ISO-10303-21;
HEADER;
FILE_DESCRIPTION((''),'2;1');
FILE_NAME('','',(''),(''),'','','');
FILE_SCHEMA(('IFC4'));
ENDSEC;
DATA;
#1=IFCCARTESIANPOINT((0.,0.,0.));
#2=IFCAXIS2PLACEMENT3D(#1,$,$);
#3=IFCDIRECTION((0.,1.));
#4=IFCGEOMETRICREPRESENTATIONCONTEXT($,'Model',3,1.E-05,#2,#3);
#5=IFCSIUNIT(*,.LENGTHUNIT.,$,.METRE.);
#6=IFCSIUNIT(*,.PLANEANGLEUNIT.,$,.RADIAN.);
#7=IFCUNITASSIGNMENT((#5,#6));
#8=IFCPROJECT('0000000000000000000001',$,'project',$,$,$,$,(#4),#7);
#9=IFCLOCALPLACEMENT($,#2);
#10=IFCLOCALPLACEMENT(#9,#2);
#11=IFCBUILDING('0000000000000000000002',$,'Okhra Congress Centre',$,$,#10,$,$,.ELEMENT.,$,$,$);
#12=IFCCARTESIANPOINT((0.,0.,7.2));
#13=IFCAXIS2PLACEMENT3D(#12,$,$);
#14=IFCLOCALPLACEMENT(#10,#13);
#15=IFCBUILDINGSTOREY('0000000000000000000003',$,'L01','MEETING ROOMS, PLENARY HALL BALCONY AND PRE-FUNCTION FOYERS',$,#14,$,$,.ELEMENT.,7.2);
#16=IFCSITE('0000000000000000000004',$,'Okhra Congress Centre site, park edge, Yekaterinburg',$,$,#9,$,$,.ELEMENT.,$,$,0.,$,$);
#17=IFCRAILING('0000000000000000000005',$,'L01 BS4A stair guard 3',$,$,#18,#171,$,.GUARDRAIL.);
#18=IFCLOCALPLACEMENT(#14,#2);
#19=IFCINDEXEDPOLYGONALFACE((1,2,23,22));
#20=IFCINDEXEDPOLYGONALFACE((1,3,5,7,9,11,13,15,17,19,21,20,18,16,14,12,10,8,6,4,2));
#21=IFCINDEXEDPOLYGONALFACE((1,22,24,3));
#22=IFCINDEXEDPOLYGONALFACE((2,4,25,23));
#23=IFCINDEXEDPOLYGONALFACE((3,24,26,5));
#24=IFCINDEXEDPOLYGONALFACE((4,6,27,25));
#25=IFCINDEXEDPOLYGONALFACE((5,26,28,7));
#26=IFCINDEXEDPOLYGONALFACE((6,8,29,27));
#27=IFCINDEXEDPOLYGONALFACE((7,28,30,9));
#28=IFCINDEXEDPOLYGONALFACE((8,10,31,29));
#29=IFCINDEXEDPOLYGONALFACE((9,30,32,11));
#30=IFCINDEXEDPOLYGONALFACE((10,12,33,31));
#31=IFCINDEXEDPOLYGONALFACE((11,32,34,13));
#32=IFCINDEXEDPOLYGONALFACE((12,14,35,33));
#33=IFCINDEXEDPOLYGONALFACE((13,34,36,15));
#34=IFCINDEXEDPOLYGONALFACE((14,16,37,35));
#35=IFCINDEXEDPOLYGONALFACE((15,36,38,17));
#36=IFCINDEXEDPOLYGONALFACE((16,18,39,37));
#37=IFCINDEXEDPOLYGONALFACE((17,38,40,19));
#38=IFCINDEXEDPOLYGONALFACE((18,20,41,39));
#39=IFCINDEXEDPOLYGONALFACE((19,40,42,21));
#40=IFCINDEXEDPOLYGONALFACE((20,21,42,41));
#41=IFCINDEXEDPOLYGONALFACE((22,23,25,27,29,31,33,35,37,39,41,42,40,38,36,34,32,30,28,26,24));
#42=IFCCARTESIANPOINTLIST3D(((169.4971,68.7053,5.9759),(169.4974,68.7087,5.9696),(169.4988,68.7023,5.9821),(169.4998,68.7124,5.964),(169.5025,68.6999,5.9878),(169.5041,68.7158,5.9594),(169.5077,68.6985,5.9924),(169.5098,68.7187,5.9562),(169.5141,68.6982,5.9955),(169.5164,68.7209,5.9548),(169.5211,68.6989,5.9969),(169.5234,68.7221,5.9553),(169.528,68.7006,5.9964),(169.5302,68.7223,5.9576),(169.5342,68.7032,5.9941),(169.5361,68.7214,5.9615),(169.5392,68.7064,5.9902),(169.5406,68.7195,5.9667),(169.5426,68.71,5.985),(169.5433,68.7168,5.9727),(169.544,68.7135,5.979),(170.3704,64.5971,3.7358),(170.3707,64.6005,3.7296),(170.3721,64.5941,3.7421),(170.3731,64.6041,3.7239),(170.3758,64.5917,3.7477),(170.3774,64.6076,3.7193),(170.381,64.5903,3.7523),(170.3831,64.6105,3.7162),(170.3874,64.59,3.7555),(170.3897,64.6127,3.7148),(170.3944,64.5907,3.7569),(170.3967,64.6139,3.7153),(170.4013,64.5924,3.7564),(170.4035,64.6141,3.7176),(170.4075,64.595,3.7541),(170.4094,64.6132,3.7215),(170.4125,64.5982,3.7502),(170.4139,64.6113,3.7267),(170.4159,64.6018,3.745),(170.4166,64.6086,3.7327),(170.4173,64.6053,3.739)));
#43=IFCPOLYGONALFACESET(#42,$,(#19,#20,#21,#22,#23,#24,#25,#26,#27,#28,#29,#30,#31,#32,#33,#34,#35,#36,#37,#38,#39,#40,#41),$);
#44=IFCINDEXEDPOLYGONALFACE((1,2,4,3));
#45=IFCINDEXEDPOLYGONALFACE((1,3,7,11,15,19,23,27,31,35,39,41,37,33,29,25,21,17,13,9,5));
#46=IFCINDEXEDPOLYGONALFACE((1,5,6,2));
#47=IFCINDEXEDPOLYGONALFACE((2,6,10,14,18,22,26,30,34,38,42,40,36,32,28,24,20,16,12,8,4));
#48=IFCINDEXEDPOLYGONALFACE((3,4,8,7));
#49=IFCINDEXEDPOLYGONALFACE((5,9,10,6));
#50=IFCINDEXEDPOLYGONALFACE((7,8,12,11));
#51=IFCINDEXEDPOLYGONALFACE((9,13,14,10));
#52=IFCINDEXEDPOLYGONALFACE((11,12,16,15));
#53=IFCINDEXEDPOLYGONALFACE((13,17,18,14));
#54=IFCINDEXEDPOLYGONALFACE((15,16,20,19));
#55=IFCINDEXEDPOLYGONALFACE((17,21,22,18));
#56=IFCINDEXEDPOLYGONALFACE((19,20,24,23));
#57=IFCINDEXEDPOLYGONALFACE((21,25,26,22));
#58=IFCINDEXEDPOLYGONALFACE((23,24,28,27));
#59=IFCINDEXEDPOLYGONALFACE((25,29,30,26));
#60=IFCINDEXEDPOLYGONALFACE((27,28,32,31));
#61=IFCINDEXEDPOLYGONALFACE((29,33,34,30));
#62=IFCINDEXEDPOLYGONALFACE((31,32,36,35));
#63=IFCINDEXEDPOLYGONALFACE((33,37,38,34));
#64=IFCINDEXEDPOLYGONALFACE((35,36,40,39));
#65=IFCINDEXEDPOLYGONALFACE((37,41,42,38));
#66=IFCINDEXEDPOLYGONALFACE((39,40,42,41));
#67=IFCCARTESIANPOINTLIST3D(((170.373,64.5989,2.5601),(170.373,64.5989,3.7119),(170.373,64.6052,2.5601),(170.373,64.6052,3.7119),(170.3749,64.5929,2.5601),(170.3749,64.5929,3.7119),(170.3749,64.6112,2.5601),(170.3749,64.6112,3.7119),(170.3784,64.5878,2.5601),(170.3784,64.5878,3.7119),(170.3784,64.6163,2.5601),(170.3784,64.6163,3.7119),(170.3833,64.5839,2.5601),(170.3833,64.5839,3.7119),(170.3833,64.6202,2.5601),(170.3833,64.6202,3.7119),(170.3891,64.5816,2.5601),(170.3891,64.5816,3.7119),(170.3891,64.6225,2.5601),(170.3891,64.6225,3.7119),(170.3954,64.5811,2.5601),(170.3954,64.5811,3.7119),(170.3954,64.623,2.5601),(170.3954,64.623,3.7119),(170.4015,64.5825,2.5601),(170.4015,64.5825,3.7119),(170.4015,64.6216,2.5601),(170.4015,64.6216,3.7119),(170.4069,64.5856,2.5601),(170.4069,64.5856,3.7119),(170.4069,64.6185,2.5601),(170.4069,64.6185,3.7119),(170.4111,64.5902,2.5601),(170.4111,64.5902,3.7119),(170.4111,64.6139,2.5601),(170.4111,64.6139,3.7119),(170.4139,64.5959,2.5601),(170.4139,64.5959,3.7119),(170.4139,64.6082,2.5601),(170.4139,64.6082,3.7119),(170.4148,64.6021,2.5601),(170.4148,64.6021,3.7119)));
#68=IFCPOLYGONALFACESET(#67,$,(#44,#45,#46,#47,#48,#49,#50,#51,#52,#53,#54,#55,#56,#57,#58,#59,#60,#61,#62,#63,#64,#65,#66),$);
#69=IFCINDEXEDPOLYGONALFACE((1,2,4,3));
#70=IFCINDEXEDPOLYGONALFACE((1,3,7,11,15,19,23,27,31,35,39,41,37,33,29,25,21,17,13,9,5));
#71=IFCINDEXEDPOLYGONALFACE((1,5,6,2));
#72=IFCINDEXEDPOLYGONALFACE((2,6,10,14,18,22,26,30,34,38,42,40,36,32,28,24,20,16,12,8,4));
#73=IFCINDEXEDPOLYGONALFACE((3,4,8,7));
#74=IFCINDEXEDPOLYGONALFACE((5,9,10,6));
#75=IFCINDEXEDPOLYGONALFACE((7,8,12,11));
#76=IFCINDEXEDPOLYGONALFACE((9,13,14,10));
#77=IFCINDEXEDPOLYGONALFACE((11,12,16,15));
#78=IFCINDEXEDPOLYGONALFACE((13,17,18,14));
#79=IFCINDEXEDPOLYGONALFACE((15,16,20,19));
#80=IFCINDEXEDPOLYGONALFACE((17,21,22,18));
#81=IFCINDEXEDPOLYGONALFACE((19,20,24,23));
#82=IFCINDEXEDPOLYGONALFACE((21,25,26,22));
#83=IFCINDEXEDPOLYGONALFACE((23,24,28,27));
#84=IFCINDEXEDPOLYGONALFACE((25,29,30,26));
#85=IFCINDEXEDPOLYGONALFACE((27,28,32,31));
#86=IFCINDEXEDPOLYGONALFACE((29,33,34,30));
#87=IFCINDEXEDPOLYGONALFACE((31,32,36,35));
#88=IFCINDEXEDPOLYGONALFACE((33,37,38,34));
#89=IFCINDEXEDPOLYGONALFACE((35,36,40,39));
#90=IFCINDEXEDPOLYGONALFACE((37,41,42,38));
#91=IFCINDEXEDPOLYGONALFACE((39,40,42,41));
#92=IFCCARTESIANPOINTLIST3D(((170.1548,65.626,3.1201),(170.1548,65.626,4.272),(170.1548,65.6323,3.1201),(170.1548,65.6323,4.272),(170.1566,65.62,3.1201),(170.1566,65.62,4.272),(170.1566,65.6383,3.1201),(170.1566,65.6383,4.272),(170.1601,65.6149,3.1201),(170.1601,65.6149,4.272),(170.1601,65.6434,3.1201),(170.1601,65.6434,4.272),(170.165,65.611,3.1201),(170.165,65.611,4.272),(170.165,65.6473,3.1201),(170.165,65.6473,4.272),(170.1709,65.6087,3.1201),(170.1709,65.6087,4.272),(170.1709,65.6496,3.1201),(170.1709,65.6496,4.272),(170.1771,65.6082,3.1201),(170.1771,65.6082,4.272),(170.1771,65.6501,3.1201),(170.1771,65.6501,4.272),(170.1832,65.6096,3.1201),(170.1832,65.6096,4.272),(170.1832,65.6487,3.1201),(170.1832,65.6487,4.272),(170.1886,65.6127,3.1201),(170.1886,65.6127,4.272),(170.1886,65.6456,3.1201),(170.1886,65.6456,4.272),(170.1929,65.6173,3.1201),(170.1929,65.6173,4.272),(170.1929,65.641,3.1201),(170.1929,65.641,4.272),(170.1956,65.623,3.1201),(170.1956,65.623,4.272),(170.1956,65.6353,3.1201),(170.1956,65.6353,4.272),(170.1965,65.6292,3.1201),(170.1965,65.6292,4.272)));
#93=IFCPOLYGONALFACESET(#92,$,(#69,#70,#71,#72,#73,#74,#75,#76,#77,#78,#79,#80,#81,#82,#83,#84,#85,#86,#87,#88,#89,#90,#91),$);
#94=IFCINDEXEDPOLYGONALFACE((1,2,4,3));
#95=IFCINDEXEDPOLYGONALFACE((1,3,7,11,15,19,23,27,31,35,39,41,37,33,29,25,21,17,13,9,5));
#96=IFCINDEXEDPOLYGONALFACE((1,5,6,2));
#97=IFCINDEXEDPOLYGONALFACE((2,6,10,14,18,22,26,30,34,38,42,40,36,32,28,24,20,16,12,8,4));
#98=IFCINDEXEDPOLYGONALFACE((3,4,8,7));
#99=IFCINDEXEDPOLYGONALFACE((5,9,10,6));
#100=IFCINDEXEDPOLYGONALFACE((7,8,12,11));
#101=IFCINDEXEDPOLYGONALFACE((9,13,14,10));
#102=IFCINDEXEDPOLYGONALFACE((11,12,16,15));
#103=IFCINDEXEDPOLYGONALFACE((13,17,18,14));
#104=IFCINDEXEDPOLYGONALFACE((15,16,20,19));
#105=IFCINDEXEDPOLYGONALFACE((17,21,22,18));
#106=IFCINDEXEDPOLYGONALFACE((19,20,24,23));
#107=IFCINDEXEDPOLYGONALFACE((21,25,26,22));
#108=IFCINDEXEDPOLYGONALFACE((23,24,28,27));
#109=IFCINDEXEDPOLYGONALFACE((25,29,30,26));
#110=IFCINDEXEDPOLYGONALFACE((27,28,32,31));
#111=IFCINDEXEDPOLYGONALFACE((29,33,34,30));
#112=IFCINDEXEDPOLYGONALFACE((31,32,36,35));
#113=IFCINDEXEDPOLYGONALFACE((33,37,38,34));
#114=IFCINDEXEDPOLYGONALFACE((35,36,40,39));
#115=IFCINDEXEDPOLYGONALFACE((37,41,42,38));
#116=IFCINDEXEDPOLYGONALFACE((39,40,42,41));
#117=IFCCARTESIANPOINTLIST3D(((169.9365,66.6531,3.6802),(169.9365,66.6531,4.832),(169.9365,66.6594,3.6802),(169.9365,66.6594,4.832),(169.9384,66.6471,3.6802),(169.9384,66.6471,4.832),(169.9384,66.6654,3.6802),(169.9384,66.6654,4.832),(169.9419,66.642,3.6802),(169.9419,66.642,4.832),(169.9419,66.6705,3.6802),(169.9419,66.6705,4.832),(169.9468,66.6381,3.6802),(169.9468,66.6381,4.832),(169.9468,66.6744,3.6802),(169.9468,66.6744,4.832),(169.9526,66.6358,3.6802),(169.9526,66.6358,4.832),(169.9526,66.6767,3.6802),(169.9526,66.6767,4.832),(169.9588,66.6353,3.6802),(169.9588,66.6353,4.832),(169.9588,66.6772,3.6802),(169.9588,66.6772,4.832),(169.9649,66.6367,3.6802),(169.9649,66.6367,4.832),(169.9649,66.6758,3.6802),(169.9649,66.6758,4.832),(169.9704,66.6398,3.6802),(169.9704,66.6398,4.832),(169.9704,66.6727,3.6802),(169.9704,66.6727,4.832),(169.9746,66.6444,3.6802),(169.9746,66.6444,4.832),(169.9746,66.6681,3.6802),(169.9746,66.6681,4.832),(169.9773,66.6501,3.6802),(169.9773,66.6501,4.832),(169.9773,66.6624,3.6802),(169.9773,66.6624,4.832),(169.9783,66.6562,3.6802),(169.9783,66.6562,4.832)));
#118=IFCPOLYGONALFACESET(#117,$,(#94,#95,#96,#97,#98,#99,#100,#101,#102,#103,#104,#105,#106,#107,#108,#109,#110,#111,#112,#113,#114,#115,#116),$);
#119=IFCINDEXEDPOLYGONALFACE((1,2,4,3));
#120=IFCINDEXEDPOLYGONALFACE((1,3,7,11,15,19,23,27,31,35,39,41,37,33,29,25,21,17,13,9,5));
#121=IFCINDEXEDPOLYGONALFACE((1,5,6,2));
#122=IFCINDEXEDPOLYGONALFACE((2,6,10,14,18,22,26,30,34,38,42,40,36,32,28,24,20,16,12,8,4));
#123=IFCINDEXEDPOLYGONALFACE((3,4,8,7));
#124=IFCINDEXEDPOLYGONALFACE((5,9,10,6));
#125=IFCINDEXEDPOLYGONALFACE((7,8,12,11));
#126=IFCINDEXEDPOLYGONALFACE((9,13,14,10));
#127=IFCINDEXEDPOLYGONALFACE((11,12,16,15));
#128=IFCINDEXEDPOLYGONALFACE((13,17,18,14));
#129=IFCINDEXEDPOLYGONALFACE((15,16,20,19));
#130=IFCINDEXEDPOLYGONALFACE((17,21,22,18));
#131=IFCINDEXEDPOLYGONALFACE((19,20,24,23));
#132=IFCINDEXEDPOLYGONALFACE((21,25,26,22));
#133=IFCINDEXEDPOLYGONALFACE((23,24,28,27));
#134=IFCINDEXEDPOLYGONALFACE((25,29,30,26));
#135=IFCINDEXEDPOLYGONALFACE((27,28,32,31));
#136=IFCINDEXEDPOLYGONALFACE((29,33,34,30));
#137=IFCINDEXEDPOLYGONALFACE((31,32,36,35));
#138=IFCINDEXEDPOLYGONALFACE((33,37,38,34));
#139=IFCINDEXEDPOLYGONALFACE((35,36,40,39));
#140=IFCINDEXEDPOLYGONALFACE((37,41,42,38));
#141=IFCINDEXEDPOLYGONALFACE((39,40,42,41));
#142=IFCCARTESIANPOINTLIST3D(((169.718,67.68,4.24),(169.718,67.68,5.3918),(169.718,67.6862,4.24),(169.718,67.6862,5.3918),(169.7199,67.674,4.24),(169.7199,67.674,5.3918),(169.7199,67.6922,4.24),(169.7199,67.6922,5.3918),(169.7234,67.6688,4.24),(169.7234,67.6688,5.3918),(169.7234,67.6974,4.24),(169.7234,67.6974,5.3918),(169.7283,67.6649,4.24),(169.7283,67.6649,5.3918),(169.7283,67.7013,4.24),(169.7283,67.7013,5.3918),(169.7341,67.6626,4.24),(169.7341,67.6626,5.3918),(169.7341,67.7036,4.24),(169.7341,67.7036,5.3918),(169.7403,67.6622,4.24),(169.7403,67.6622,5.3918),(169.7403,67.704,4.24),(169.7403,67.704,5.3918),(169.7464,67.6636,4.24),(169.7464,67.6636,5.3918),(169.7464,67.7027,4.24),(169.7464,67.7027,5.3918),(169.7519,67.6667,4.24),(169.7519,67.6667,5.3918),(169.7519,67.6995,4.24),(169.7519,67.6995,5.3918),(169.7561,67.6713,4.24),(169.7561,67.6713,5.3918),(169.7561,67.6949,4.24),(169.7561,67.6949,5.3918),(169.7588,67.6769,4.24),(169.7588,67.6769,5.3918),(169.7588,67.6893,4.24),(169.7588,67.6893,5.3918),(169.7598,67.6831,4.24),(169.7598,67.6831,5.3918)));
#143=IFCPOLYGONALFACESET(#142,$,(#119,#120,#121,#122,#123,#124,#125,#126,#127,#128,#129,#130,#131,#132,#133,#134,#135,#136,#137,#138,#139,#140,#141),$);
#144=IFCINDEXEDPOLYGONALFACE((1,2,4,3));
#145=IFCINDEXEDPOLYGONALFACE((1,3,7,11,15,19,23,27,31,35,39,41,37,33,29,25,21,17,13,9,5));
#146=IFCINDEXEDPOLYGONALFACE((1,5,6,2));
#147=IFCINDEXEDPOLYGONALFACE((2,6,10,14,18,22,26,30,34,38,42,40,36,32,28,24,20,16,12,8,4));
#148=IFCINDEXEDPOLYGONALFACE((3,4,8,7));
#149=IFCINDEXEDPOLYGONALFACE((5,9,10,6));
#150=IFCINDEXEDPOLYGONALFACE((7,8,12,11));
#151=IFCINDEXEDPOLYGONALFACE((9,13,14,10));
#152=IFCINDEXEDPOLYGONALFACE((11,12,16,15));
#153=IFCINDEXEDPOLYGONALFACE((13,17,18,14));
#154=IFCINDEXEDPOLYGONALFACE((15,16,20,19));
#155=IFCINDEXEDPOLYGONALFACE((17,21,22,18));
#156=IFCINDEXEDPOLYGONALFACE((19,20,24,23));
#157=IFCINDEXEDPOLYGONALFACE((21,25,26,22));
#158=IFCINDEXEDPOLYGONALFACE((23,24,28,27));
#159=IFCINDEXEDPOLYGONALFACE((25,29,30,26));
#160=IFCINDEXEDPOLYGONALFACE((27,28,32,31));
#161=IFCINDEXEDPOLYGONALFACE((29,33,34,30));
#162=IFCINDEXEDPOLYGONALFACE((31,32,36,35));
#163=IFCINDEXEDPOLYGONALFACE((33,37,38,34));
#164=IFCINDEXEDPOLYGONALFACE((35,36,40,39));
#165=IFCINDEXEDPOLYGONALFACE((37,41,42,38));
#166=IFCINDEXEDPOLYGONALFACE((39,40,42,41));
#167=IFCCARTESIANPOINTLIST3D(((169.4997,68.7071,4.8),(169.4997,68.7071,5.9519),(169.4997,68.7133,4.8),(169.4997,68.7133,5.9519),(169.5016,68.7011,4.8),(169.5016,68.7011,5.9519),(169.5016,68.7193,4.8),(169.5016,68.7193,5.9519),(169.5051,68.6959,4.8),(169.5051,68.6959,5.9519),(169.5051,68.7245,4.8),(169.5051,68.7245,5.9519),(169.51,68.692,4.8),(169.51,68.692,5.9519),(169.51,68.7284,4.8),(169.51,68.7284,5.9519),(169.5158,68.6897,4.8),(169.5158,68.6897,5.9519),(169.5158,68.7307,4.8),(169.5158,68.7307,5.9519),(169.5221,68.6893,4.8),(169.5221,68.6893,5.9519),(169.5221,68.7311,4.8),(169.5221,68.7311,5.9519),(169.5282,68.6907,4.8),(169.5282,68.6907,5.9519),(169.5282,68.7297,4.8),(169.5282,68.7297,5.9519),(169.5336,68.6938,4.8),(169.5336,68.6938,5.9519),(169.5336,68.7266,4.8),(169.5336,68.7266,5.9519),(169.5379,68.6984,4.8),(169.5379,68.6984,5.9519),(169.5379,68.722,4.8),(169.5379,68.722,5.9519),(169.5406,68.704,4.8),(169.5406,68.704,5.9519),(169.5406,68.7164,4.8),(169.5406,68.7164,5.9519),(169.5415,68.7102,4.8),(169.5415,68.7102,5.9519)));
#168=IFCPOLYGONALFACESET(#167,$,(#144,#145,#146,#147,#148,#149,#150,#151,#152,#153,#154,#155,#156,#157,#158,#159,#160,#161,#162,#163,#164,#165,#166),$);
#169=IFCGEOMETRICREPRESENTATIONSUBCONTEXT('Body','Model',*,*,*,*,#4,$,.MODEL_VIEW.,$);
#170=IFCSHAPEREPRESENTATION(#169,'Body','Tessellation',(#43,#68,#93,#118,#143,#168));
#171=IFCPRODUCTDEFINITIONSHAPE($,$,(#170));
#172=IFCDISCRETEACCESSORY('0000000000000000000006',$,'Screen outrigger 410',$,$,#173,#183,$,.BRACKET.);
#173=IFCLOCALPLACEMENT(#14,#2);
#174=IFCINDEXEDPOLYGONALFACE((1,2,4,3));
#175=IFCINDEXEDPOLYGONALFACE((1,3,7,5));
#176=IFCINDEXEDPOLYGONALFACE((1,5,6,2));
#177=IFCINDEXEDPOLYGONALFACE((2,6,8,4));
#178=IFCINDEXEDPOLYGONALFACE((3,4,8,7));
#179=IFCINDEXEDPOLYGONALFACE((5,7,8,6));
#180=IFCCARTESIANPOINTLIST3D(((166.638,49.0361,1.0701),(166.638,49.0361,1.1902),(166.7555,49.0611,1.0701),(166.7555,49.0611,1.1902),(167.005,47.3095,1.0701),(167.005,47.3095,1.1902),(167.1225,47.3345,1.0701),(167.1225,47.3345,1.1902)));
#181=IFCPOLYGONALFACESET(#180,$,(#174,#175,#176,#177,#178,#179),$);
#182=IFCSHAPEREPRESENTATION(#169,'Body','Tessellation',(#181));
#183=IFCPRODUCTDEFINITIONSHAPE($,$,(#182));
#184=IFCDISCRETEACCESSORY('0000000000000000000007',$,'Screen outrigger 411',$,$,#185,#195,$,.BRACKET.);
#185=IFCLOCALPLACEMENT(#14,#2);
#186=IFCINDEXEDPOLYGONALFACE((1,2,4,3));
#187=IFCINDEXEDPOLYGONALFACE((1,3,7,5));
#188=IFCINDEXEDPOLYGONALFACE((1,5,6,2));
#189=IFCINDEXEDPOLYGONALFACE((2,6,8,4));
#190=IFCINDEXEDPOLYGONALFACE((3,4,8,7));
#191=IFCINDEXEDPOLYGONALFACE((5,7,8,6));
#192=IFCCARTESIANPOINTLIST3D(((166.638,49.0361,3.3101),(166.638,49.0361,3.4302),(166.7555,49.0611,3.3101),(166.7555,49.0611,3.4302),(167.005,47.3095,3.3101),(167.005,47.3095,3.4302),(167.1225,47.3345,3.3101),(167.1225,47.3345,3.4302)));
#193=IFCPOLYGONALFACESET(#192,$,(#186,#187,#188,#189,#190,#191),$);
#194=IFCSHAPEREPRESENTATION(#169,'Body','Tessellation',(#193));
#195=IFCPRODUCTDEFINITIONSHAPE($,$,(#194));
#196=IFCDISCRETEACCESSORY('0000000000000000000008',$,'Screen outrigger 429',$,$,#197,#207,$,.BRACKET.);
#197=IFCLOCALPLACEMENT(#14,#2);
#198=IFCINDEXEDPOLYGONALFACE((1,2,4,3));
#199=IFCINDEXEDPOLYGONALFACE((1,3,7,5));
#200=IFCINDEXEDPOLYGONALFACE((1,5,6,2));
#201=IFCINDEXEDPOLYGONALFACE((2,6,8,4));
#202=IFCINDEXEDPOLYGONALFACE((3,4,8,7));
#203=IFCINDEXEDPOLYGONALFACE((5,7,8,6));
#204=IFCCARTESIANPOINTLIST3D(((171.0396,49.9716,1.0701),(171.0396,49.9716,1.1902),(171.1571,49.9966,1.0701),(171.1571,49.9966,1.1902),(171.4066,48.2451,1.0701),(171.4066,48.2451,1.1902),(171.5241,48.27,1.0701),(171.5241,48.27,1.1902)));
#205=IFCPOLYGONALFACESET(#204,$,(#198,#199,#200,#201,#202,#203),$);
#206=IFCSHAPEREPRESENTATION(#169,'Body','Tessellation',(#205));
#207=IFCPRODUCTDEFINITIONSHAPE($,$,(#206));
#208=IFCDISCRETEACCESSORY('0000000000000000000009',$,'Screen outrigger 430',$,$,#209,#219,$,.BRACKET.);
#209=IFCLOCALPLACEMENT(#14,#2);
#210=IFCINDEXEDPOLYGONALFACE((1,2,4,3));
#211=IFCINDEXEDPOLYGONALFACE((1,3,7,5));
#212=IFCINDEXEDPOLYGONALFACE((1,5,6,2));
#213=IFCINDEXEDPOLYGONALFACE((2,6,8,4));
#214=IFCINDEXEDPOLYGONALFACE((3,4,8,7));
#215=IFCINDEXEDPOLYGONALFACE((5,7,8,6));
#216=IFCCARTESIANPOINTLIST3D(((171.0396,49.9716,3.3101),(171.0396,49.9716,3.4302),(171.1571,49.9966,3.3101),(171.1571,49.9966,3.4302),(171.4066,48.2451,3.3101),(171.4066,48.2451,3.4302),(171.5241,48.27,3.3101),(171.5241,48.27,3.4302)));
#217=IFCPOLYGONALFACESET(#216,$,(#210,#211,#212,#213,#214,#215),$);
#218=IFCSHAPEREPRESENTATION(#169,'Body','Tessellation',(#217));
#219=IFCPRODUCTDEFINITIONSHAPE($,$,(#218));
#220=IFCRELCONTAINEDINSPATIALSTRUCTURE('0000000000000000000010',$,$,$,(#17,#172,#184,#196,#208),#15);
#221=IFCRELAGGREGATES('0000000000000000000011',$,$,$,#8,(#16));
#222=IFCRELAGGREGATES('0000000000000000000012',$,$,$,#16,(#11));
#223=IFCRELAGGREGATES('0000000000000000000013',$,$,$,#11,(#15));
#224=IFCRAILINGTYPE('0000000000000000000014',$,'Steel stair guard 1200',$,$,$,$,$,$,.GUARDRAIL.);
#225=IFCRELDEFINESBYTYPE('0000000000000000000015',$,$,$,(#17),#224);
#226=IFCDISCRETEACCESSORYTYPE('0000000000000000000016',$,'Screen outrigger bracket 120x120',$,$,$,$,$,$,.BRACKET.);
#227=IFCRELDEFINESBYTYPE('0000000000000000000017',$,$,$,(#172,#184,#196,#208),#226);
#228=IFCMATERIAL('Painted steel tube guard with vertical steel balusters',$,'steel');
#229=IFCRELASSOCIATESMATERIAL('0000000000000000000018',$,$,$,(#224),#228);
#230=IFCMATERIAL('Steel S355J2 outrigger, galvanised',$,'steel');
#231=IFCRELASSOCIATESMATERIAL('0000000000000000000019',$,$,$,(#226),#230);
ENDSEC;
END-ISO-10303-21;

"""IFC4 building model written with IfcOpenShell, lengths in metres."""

from ifc_helpers import new_model, si_unit, direction, frame, origin, origin_2d, place, context, subcontext, project, spatial, rectangle, circle, extrude, material, material_profile, profile_set, type_object, element, save


model = new_model("IFC4")

# Units and contexts
model_context = context("Model", 3, precision=1e-05, world=origin(), true_north=direction((0.0, 1.0)))
body_context = subcontext(model_context, "Body", "Model", "MODEL_VIEW")
ifc_project = project(units=[si_unit("LENGTHUNIT", "METRE"), si_unit("PLANEANGLEUNIT", "RADIAN")], contexts=[model_context])

# Site, building, storey
site_placement = place(None, origin())
site = spatial("IfcSite", under=ifc_project, at=site_placement, Name="Okhra Congress Centre site, park edge, Yekaterinburg", CompositionType="ELEMENT", RefElevation=0.0)
building_placement = place(site_placement, origin())
building = spatial("IfcBuilding", under=site, at=building_placement, Name="Okhra Congress Centre", CompositionType="ELEMENT")
storey_placement = place(building_placement, frame((0.0, 0.0, 7.2)))
storey = spatial("IfcBuildingStorey", under=building, at=storey_placement, Name="L01", Description="MEETING ROOMS, PLENARY HALL BALCONY AND PRE-FUNCTION FOYERS", CompositionType="ELEMENT", Elevation=7.2)

# Railing
ifc_material_1 = material(Name="Painted steel tube guard with vertical steel balusters", Category="steel")
railing_type = type_object("IfcRailingType", Name="Steel stair guard 1200", PredefinedType="GUARDRAIL", material=ifc_material_1)
railing_1_placement = place(storey_placement, frame((170.3938, 64.6021, 2.5601)))
element("IfcRailing", 1, at=railing_1_placement, inside=storey, type_object=railing_type, Name="L01 BS4A stair guard 3", PredefinedType="GUARDRAIL", context=body_context, shape_type="SweptSolid", body=[
    extrude(circle(Radius=0.0239, at=origin_2d()), frame((0.0, 0.0, 1.1758), z_axis=(-0.183466, 0.863067, 0.470591), x_axis=(-0.978144, -0.207929, 0.0)), (0.0, 0.0, 1.0), 4.76),
    extrude(circle(Radius=0.021, at=origin_2d()), origin(), (0.0, 0.0, 1.0), 1.1519),
    extrude(circle(Radius=0.021, at=origin_2d()), frame((-0.2183, 1.0271, 0.5601)), (0.0, 0.0, 1.0), 1.1519),
    extrude(circle(Radius=0.021, at=origin_2d()), frame((-0.4365, 2.0542, 1.1201)), (0.0, 0.0, 1.0), 1.1519),
    extrude(circle(Radius=0.021, at=origin_2d()), frame((-0.655, 3.0811, 1.6799)), (0.0, 0.0, 1.0), 1.1519),
    extrude(circle(Radius=0.021, at=origin_2d()), frame((-0.8733, 4.1082, 2.24)), (0.0, 0.0, 1.0), 1.1519),
])

# Discrete accessories
ifc_material_2 = material(Name="Steel S355J2 outrigger, galvanised", Category="steel")
ifc_material_profile_1 = material_profile(ifc_material_2, rectangle(XDim=0.1201, YDim=0.1201, at=origin_2d()), Name="Screen outrigger bracket 120x120")
ifc_profile_set_1 = profile_set([ifc_material_profile_1], Name="Steel S355J2 outrigger, galvanised")
discrete_accessory_type = type_object("IfcDiscreteAccessoryType", Name="Screen outrigger bracket 120x120", PredefinedType="BRACKET", material=ifc_profile_set_1)
for number, where, z_axis, x_axis, name in (
    (2, (166.6968, 49.0486, 1.1301), (0.207885, -0.978153, 0.0), (0.978153, 0.207885, 0.0), "Screen outrigger 410"),
    (3, (166.6968, 49.0486, 3.3701), (0.207885, -0.978153, 0.0), (0.978153, 0.207885, 0.0), "Screen outrigger 411"),
    (4, (171.0984, 49.9841, 1.1301), (0.207885, -0.978153, 0.0), (0.978153, 0.207885, 0.0), "Screen outrigger 429"),
    (5, (171.0984, 49.9841, 3.3701), (0.207885, -0.978153, 0.0), (0.978153, 0.207885, 0.0), "Screen outrigger 430"),
):
    element("IfcDiscreteAccessory", number, at=place(storey_placement, frame(where, z_axis=z_axis, x_axis=x_axis)), inside=storey, type_object=discrete_accessory_type, Name=name, PredefinedType="BRACKET", context=body_context, shape_type="SweptSolid", body=[
        extrude(rectangle(XDim=0.1201, YDim=0.1201, at=origin_2d()), origin(), (0.0, 0.0, 1.0), 1.7651),
    ])

save(model, "model.ifc")
